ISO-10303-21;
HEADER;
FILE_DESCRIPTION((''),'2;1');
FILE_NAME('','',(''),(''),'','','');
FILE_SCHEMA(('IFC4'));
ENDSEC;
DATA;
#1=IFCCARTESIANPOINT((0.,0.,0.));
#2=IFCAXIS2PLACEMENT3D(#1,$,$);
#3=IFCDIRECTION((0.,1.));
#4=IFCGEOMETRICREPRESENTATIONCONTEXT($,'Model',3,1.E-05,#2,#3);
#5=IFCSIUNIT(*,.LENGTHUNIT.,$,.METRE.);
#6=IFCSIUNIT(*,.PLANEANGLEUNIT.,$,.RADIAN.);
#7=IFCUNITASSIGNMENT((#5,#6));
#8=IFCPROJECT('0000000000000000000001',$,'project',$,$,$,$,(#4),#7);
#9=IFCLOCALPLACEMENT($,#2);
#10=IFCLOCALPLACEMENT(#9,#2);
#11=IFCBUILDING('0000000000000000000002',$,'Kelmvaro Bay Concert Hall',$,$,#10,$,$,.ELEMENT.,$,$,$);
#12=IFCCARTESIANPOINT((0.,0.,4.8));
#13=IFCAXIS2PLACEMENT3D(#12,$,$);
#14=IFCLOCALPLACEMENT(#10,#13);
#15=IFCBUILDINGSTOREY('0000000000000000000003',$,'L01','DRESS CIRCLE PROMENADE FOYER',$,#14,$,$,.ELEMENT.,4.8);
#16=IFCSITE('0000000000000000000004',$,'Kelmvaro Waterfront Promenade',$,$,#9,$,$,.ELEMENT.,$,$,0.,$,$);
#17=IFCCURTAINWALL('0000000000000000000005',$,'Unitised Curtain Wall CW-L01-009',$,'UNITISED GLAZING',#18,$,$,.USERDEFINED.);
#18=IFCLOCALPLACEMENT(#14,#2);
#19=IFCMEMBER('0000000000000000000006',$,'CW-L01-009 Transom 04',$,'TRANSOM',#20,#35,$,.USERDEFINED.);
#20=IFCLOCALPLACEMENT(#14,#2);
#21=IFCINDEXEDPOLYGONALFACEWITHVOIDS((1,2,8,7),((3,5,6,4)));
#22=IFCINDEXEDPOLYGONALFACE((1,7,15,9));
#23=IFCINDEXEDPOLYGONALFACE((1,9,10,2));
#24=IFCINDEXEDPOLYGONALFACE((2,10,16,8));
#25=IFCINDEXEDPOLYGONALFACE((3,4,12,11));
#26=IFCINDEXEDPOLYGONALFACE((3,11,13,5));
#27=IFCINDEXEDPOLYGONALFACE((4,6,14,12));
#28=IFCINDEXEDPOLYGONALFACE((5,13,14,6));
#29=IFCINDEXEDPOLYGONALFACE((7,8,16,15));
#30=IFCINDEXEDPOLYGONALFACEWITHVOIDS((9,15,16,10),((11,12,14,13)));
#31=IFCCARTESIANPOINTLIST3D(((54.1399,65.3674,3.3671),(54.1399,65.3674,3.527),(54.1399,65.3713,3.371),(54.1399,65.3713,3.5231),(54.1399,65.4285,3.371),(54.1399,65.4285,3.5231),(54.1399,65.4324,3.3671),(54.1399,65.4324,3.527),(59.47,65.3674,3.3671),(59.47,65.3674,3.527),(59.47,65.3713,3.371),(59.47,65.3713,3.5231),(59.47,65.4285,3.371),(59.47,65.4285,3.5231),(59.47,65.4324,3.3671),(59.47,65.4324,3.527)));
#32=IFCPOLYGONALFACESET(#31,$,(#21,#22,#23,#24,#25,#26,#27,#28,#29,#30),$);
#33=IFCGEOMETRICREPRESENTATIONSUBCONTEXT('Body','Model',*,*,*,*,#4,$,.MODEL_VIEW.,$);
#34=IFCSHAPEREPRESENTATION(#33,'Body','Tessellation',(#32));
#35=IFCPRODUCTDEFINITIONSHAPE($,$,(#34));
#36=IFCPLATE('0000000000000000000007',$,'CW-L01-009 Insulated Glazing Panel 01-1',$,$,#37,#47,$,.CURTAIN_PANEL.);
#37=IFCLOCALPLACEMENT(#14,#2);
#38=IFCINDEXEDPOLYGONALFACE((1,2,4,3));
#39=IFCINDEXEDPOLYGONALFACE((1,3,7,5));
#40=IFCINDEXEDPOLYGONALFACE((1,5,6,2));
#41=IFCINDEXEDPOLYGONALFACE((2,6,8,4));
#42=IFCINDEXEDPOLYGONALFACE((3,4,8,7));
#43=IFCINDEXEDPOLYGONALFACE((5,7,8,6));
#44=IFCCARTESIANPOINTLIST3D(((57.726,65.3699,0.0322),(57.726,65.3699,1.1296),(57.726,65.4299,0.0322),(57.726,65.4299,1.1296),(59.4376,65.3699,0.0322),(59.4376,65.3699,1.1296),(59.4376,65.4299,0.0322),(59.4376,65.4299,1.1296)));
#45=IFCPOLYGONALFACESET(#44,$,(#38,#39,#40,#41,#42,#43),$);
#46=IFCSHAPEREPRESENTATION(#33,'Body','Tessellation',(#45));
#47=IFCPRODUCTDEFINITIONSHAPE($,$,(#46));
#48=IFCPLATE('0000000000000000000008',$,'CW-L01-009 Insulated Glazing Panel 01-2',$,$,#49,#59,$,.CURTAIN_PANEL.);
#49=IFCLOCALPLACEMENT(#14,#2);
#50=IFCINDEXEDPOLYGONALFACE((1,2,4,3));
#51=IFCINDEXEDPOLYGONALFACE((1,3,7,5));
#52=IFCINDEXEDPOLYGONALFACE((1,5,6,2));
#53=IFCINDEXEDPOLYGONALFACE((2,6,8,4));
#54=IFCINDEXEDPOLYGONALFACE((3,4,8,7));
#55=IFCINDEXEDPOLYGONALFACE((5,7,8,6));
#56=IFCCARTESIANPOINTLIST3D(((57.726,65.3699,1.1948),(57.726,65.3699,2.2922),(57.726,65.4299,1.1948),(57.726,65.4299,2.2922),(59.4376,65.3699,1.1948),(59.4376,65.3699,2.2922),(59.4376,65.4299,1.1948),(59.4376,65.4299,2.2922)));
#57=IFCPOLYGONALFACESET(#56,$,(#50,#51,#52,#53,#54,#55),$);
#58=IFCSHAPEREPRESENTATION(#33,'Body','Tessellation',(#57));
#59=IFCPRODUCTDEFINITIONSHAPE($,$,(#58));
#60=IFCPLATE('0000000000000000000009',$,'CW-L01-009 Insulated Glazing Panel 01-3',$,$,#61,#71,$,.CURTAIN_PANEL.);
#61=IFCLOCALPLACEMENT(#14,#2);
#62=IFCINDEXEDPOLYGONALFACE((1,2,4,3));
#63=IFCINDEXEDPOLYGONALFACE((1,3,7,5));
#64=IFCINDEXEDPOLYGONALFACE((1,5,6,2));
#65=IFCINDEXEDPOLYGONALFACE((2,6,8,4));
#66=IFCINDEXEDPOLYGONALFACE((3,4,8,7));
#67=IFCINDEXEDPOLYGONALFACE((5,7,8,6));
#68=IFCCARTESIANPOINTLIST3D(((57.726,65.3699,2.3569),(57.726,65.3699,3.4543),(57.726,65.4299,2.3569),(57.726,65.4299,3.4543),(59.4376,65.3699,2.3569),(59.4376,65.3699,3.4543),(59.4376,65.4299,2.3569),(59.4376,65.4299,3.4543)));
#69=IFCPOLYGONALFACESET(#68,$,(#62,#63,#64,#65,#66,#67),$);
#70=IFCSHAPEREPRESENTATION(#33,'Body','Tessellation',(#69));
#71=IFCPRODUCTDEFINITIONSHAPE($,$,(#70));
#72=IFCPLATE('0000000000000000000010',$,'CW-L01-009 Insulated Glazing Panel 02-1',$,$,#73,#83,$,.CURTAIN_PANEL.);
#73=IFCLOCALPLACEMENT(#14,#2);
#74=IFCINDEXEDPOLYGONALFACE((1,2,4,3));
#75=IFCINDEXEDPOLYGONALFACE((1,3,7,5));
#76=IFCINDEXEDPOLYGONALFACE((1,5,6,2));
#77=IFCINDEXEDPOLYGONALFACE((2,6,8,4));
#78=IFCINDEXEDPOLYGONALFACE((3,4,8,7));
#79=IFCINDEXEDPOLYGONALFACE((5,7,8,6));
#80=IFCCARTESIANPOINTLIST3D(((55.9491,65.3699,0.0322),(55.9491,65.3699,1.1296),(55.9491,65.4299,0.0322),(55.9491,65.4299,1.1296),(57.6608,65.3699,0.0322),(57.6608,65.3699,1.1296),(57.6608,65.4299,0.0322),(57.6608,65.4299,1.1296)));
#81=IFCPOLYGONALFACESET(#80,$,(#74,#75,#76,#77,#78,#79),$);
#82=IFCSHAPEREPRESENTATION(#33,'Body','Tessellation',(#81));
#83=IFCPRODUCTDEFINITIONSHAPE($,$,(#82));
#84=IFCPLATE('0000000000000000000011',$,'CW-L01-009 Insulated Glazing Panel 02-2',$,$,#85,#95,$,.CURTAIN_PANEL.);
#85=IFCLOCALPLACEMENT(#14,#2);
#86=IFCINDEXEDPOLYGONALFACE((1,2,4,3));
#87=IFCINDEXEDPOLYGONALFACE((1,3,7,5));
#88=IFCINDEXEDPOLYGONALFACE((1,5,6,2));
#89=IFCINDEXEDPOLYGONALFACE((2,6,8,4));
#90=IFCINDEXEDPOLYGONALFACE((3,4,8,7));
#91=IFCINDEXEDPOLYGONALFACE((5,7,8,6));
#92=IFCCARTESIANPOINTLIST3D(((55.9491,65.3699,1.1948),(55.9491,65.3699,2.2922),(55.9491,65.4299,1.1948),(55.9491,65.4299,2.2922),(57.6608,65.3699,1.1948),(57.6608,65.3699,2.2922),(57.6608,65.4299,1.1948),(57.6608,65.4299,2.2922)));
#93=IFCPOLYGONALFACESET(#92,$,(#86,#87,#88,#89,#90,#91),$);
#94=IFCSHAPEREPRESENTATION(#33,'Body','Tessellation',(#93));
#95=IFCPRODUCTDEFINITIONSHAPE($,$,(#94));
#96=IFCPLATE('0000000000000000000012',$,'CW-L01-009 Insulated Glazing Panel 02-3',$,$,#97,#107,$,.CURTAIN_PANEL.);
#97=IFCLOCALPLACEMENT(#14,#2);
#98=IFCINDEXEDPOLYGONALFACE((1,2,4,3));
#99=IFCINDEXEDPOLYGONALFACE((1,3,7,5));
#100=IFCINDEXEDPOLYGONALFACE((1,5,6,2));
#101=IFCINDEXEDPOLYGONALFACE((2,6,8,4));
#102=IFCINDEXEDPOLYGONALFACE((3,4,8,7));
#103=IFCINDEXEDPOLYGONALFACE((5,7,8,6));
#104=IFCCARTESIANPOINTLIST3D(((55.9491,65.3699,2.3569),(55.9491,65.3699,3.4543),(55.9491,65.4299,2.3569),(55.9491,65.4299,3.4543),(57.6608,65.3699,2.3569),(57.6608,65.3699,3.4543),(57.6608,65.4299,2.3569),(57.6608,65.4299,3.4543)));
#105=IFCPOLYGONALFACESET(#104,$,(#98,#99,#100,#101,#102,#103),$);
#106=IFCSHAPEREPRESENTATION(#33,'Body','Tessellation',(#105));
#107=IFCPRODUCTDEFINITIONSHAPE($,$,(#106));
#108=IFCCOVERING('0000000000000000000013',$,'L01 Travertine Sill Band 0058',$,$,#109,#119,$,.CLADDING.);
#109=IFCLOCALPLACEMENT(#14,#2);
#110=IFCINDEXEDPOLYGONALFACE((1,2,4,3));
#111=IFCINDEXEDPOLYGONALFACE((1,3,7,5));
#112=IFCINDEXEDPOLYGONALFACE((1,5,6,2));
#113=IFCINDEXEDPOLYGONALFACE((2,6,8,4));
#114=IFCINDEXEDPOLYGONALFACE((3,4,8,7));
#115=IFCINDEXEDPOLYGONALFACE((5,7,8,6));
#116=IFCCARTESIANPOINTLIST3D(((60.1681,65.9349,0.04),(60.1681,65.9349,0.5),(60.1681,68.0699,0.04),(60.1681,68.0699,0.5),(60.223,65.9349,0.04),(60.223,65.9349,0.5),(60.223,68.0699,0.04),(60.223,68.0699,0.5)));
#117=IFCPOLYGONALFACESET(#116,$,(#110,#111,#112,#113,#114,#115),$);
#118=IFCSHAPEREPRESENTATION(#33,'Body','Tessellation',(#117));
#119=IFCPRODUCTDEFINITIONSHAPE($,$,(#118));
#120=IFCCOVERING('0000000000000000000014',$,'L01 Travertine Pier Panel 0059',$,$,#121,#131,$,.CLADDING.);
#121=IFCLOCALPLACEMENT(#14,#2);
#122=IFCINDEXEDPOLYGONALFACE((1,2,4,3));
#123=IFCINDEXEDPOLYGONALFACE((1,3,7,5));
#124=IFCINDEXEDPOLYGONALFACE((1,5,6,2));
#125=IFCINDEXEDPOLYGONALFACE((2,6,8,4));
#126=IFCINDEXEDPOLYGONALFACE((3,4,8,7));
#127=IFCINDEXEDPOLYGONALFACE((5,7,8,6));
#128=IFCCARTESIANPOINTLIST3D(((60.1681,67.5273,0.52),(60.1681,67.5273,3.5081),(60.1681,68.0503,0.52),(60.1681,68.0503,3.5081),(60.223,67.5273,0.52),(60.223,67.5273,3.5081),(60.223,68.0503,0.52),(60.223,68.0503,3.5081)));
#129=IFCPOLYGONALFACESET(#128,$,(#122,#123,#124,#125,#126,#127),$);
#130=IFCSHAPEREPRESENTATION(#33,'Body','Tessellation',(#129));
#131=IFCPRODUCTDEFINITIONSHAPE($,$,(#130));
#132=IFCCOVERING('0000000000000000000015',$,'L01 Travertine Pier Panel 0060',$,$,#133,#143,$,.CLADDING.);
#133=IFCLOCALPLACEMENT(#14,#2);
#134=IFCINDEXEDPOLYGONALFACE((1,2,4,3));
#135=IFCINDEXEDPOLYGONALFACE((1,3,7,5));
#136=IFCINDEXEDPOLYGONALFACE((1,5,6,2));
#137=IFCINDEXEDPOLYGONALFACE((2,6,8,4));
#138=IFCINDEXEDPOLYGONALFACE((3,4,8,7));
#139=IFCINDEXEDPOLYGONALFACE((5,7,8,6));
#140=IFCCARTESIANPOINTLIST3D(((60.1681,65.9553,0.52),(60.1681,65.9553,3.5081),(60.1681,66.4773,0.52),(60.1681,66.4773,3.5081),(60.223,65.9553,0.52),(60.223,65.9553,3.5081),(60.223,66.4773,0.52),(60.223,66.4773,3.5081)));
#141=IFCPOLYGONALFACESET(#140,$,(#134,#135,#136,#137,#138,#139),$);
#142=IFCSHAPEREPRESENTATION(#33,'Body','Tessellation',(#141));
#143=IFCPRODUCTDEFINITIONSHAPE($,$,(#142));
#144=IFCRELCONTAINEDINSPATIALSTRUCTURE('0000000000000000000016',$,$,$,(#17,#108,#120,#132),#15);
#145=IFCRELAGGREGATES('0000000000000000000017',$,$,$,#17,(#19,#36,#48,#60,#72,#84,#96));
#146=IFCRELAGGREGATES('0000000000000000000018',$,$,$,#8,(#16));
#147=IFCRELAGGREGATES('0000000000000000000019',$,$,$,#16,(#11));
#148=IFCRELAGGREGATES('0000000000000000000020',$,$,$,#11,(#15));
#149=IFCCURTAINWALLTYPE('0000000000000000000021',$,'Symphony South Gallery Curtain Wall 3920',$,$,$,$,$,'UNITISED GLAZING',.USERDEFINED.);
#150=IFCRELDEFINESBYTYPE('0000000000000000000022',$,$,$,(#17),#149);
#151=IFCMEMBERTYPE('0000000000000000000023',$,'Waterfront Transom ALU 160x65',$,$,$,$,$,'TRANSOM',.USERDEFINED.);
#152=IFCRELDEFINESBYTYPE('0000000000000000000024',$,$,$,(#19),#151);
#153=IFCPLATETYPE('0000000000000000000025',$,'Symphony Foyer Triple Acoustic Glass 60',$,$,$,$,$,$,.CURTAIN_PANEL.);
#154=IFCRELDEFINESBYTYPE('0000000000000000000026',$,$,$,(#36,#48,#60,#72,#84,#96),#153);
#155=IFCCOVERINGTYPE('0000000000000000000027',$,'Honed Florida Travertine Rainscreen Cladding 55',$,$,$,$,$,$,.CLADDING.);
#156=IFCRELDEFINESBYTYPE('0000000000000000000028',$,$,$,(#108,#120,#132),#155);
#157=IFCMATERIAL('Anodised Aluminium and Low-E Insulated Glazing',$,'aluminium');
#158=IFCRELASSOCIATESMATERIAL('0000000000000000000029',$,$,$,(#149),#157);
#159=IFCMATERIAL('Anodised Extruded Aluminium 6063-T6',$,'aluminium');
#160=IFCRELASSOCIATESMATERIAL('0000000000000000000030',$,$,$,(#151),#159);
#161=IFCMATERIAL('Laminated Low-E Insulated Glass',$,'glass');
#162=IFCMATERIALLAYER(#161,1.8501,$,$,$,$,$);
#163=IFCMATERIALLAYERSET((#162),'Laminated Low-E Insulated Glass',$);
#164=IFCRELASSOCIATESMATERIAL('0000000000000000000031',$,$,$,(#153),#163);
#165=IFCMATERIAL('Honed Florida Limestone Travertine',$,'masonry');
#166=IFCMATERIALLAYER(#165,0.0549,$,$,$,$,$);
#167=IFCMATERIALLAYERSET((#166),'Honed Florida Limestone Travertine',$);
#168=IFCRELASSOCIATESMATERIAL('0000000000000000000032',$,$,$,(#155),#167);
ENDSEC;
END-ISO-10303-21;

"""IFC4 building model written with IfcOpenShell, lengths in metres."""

from ifc_helpers import new_model, si_unit, direction, frame, origin, origin_2d, place, context, subcontext, project, spatial, rectangle, hollow_rectangle, extrude, material, layer, layer_set, material_profile, profile_set, type_object, element, aggregate, save


model = new_model("IFC4")

# Units and contexts
model_context = context("Model", 3, precision=1e-05, world=origin(), true_north=direction((0.0, 1.0)))
body_context = subcontext(model_context, "Body", "Model", "MODEL_VIEW")
ifc_project = project(units=[si_unit("LENGTHUNIT", "METRE"), si_unit("PLANEANGLEUNIT", "RADIAN")], contexts=[model_context])

# Site, building, storey
site_placement = place(None, origin())
site = spatial("IfcSite", under=ifc_project, at=site_placement, Name="Kelmvaro Waterfront Promenade", CompositionType="ELEMENT", RefElevation=0.0)
building_placement = place(site_placement, origin())
building = spatial("IfcBuilding", under=site, at=building_placement, Name="Kelmvaro Bay Concert Hall", CompositionType="ELEMENT")
storey_placement = place(building_placement, frame((0.0, 0.0, 4.8)))
storey = spatial("IfcBuildingStorey", under=building, at=storey_placement, Name="L01", Description="DRESS CIRCLE PROMENADE FOYER", CompositionType="ELEMENT", Elevation=4.8)

# Curtain wall, member, plates
ifc_material_1 = material(Name="Anodised Aluminium and Low-E Insulated Glazing", Category="aluminium")
curtain_wall_type = type_object("IfcCurtainWallType", Name="Symphony South Gallery Curtain Wall 3920", ElementType="UNITISED GLAZING", PredefinedType="USERDEFINED", material=ifc_material_1)
curtain_wall_placement = place(storey_placement, origin())
curtain_wall = element("IfcCurtainWall", 1, at=curtain_wall_placement, inside=storey, type_object=curtain_wall_type, Name="Unitised Curtain Wall CW-L01-009", ObjectType="UNITISED GLAZING", PredefinedType="USERDEFINED")
ifc_material_2 = material(Name="Anodised Extruded Aluminium 6063-T6", Category="aluminium")
ifc_material_profile_1 = material_profile(ifc_material_2, hollow_rectangle(XDim=0.0649, YDim=0.1599, WallThickness=0.0039, at=origin_2d()), Name="ALU-TRN-160X65")
ifc_profile_set_1 = profile_set([ifc_material_profile_1], Name="Anodised Extruded Aluminium 6063-T6")
member_type_1 = type_object("IfcMemberType", Name="Waterfront Transom ALU 160x65", ElementType="TRANSOM", PredefinedType="USERDEFINED", material=ifc_profile_set_1)
member_1_placement = place(storey_placement, frame((59.47, 65.3999, 3.447), z_axis=(-1.0, 0.0, 0.0), x_axis=(0.0, -1.0, 0.0)))
member_1 = element("IfcMember", 2, at=member_1_placement, type_object=member_type_1, Name="CW-L01-009 Transom 04", ObjectType="TRANSOM", PredefinedType="USERDEFINED", context=body_context, shape_type="SweptSolid", body=[
    extrude(hollow_rectangle(XDim=0.0649, YDim=0.1599, WallThickness=0.0039, at=origin_2d()), origin(), (0.0, 0.0, 1.0), 5.3301),
])
ifc_material_3 = material(Name="Laminated Low-E Insulated Glass", Category="glass")
ifc_layer_1 = layer(ifc_material_3, 1.8501)
ifc_layer_set_1 = layer_set([ifc_layer_1], Name="Laminated Low-E Insulated Glass")
plate_type = type_object("IfcPlateType", Name="Symphony Foyer Triple Acoustic Glass 60", PredefinedType="CURTAIN_PANEL", material=ifc_layer_set_1)
plate_1_placement = place(storey_placement, frame((58.5818, 65.3999, 0.0322), z_axis=(0.0, 0.0, 1.0), x_axis=(-1.0, 0.0, 0.0)))
plate_1 = element("IfcPlate", 3, at=plate_1_placement, type_object=plate_type, Name="CW-L01-009 Insulated Glazing Panel 01-1", PredefinedType="CURTAIN_PANEL", context=body_context, shape_type="SweptSolid", body=[
    extrude(rectangle(XDim=1.7117, YDim=0.0601, at=origin_2d()), origin(), (0.0, 0.0, 1.0), 1.0974),
])
plate_2_placement = place(storey_placement, frame((58.5818, 65.3999, 1.1948), z_axis=(0.0, 0.0, 1.0), x_axis=(-1.0, 0.0, 0.0)))
plate_2 = element("IfcPlate", 4, at=plate_2_placement, type_object=plate_type, Name="CW-L01-009 Insulated Glazing Panel 01-2", PredefinedType="CURTAIN_PANEL", context=body_context, shape_type="SweptSolid", body=[
    extrude(rectangle(XDim=1.7117, YDim=0.0601, at=origin_2d()), origin(), (0.0, 0.0, 1.0), 1.0974),
])
plate_3_placement = place(storey_placement, frame((58.5818, 65.3999, 2.3569), z_axis=(0.0, 0.0, 1.0), x_axis=(-1.0, 0.0, 0.0)))
plate_3 = element("IfcPlate", 5, at=plate_3_placement, type_object=plate_type, Name="CW-L01-009 Insulated Glazing Panel 01-3", PredefinedType="CURTAIN_PANEL", context=body_context, shape_type="SweptSolid", body=[
    extrude(rectangle(XDim=1.7117, YDim=0.0601, at=origin_2d()), origin(), (0.0, 0.0, 1.0), 1.0974),
])
plate_4_placement = place(storey_placement, frame((56.8049, 65.3999, 0.0322), z_axis=(0.0, 0.0, 1.0), x_axis=(-1.0, 0.0, 0.0)))
plate_4 = element("IfcPlate", 6, at=plate_4_placement, type_object=plate_type, Name="CW-L01-009 Insulated Glazing Panel 02-1", PredefinedType="CURTAIN_PANEL", context=body_context, shape_type="SweptSolid", body=[
    extrude(rectangle(XDim=1.7117, YDim=0.0601, at=origin_2d()), origin(), (0.0, 0.0, 1.0), 1.0974),
])
plate_5_placement = place(storey_placement, frame((56.8049, 65.3999, 1.1948), z_axis=(0.0, 0.0, 1.0), x_axis=(-1.0, 0.0, 0.0)))
plate_5 = element("IfcPlate", 7, at=plate_5_placement, type_object=plate_type, Name="CW-L01-009 Insulated Glazing Panel 02-2", PredefinedType="CURTAIN_PANEL", context=body_context, shape_type="SweptSolid", body=[
    extrude(rectangle(XDim=1.7117, YDim=0.0601, at=origin_2d()), origin(), (0.0, 0.0, 1.0), 1.0974),
])
plate_6_placement = place(storey_placement, frame((56.8049, 65.3999, 2.3569), z_axis=(0.0, 0.0, 1.0), x_axis=(-1.0, 0.0, 0.0)))
plate_6 = element("IfcPlate", 8, at=plate_6_placement, type_object=plate_type, Name="CW-L01-009 Insulated Glazing Panel 02-3", PredefinedType="CURTAIN_PANEL", context=body_context, shape_type="SweptSolid", body=[
    extrude(rectangle(XDim=1.7117, YDim=0.0601, at=origin_2d()), origin(), (0.0, 0.0, 1.0), 1.0974),
])
aggregate(curtain_wall, [member_1, plate_1, plate_2, plate_3, plate_4, plate_5, plate_6])

# Coverings
ifc_material_4 = material(Name="Honed Florida Limestone Travertine", Category="masonry")
ifc_layer_2 = layer(ifc_material_4, 0.0549)
ifc_layer_set_2 = layer_set([ifc_layer_2], Name="Honed Florida Limestone Travertine")
covering_type = type_object("IfcCoveringType", Name="Honed Florida Travertine Rainscreen Cladding 55", PredefinedType="CLADDING", material=ifc_layer_set_2)
covering_1_placement = place(storey_placement, frame((60.1956, 67.0024, 0.04), z_axis=(0.0, 0.0, 1.0), x_axis=(0.0, -1.0, 0.0)))
element("IfcCovering", 9, at=covering_1_placement, inside=storey, type_object=covering_type, Name="L01 Travertine Sill Band 0058", PredefinedType="CLADDING", context=body_context, shape_type="SweptSolid", body=[
    extrude(rectangle(XDim=2.135, YDim=0.0549, at=origin_2d()), origin(), (0.0, 0.0, 1.0), 0.46),
])
covering_2_placement = place(storey_placement, frame((60.1956, 67.7888, 0.52), z_axis=(0.0, 0.0, 1.0), x_axis=(0.0, -1.0, 0.0)))
element("IfcCovering", 10, at=covering_2_placement, inside=storey, type_object=covering_type, Name="L01 Travertine Pier Panel 0059", PredefinedType="CLADDING", context=body_context, shape_type="SweptSolid", body=[
    extrude(rectangle(XDim=0.5229, YDim=0.0549, at=origin_2d()), origin(), (0.0, 0.0, 1.0), 2.988),
])
covering_3_placement = place(storey_placement, frame((60.1956, 66.2163, 0.52), z_axis=(0.0, 0.0, 1.0), x_axis=(0.0, -1.0, 0.0)))
element("IfcCovering", 11, at=covering_3_placement, inside=storey, type_object=covering_type, Name="L01 Travertine Pier Panel 0060", PredefinedType="CLADDING", context=body_context, shape_type="SweptSolid", body=[
    extrude(rectangle(XDim=0.522, YDim=0.0549, at=origin_2d()), origin(), (0.0, 0.0, 1.0), 2.988),
])

save(model, "model.ifc")
